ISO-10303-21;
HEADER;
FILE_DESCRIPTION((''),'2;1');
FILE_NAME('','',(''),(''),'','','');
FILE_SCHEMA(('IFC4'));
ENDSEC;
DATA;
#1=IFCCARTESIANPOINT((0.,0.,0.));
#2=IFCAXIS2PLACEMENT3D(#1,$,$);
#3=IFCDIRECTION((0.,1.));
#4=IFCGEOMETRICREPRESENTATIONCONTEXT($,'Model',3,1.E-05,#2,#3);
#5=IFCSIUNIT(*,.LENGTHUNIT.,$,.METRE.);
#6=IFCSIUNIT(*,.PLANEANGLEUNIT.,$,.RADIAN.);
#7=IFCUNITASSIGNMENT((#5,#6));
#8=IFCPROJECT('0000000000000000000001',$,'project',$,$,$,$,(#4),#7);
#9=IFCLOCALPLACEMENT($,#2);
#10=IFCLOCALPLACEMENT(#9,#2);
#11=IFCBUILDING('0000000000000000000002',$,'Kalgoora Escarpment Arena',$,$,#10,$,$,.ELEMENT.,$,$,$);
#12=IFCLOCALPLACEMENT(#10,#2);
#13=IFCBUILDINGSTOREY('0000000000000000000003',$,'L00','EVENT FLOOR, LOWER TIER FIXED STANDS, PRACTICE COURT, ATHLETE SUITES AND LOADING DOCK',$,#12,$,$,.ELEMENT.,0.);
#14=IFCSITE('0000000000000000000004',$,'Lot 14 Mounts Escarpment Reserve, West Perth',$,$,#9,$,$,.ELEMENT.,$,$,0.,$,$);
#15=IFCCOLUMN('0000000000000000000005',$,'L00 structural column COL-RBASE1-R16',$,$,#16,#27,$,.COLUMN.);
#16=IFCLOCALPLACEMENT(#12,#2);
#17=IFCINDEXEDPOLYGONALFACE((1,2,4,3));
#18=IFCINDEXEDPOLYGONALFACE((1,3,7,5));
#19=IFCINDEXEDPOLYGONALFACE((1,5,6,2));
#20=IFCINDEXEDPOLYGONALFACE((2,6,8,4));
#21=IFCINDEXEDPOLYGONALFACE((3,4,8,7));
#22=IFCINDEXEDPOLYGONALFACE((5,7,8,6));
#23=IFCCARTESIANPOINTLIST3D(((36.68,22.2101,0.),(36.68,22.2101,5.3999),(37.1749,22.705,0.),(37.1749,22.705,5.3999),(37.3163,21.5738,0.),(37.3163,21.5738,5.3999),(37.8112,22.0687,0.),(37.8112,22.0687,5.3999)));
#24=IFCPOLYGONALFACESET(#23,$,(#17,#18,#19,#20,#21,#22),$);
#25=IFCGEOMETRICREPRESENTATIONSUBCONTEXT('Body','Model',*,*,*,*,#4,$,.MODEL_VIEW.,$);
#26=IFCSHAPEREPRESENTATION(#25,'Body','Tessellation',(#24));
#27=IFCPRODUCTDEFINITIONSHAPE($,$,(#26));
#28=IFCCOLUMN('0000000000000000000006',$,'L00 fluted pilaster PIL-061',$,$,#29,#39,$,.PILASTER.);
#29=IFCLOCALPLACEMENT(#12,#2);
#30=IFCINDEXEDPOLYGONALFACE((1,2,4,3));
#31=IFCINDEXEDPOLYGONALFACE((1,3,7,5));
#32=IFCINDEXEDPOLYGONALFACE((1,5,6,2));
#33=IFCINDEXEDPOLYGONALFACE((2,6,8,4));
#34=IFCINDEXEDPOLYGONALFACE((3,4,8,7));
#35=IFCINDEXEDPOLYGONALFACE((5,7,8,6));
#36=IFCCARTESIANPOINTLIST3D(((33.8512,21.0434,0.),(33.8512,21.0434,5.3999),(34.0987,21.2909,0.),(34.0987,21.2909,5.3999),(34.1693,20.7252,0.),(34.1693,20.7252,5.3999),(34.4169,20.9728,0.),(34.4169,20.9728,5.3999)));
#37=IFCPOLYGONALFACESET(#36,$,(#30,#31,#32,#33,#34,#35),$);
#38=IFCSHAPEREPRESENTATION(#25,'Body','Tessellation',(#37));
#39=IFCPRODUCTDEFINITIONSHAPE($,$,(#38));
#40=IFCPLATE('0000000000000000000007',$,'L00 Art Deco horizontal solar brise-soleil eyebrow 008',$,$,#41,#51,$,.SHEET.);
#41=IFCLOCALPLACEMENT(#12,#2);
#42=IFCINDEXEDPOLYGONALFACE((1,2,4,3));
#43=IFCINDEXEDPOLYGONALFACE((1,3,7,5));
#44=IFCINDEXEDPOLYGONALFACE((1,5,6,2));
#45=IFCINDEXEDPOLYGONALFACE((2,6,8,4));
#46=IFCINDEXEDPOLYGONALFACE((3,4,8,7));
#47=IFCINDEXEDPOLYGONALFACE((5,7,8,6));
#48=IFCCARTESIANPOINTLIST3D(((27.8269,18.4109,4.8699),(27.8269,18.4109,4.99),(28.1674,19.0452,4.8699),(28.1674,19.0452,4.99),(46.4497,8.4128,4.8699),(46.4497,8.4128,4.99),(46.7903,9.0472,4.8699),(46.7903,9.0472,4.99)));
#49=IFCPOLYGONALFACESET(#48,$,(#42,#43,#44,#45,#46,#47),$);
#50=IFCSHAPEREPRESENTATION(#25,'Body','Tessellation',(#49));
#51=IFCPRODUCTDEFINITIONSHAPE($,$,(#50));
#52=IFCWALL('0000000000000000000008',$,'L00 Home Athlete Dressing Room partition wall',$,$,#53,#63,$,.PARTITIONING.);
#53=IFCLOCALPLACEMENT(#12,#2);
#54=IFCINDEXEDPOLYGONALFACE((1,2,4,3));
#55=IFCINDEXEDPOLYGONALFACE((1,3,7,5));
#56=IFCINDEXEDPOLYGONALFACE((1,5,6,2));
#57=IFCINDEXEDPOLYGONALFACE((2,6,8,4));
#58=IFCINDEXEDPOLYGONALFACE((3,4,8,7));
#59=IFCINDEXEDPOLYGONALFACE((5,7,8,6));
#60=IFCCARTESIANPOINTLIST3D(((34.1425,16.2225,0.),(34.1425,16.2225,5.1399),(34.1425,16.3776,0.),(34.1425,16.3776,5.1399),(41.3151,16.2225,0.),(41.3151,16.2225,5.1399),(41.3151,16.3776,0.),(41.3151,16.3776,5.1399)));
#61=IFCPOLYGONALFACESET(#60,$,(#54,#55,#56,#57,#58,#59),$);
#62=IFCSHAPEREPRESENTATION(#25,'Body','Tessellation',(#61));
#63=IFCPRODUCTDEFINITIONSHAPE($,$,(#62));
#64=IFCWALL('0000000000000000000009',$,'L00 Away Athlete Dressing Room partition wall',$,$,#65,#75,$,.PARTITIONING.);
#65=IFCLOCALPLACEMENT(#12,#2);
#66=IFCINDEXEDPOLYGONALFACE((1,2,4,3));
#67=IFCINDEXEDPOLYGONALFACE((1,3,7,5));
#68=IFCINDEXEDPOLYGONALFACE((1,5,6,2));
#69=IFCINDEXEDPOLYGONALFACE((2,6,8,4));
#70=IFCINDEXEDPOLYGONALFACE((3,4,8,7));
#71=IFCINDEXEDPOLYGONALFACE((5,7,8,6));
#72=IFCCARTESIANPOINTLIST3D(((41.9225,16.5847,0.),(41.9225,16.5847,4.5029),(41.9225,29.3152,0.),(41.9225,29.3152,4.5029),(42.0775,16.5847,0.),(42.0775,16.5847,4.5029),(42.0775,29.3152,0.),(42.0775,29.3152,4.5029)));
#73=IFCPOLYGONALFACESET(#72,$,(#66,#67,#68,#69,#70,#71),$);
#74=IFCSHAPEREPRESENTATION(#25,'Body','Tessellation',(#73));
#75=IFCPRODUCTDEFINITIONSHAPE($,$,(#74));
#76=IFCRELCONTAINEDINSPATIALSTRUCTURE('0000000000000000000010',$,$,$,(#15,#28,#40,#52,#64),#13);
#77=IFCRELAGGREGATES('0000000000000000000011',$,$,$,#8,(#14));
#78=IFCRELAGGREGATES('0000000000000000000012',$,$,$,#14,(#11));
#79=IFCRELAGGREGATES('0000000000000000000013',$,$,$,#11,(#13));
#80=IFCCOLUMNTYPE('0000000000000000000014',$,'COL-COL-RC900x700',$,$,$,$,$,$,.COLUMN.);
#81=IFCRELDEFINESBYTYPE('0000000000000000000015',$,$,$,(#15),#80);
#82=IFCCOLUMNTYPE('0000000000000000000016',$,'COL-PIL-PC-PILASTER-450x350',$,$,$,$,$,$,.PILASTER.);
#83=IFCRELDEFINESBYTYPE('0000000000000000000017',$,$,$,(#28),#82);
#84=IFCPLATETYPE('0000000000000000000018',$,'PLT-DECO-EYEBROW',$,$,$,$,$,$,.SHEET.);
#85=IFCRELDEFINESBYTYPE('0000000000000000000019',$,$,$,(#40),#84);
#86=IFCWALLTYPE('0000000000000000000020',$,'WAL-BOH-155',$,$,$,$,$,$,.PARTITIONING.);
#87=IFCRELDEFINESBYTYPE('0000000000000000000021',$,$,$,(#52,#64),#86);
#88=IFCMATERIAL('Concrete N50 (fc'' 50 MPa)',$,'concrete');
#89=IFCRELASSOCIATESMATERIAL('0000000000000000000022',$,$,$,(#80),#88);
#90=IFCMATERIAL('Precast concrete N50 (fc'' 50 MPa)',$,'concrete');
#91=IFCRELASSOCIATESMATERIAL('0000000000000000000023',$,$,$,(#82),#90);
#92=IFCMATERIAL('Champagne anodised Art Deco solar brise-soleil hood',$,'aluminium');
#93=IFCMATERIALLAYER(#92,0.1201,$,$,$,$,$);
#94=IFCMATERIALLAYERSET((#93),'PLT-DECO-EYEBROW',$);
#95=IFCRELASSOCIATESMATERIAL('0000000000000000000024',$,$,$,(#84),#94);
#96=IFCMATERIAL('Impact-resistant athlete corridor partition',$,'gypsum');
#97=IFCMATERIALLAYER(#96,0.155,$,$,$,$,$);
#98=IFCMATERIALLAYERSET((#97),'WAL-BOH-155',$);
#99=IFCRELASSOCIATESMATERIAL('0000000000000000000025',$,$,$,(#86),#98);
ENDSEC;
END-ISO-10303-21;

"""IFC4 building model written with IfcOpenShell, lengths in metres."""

from ifc_helpers import new_model, si_unit, direction, frame, frame_2d, origin, origin_2d, place, context, subcontext, project, spatial, rectangle, extrude, material, layer, layer_set, material_profile, profile_set, type_object, element, save


model = new_model("IFC4")

# Units and contexts
model_context = context("Model", 3, precision=1e-05, world=origin(), true_north=direction((0.0, 1.0)))
body_context = subcontext(model_context, "Body", "Model", "MODEL_VIEW")
ifc_project = project(units=[si_unit("LENGTHUNIT", "METRE"), si_unit("PLANEANGLEUNIT", "RADIAN")], contexts=[model_context])

# Site, building, storey
site_placement = place(None, origin())
site = spatial("IfcSite", under=ifc_project, at=site_placement, Name="Lot 14 Mounts Escarpment Reserve, West Perth", CompositionType="ELEMENT", RefElevation=0.0)
building_placement = place(site_placement, origin())
building = spatial("IfcBuilding", under=site, at=building_placement, Name="Kalgoora Escarpment Arena", CompositionType="ELEMENT")
storey_placement = place(building_placement, origin())
storey = spatial("IfcBuildingStorey", under=building, at=storey_placement, Name="L00", Description="EVENT FLOOR, LOWER TIER FIXED STANDS, PRACTICE COURT, ATHLETE SUITES AND LOADING DOCK", CompositionType="ELEMENT", Elevation=0.0)

# Columns
ifc_material_1 = material(Name="Concrete N50 (fc' 50 MPa)", Category="concrete")
ifc_material_profile_1 = material_profile(ifc_material_1, rectangle(XDim=0.7, YDim=0.8999, at=origin_2d()))
ifc_profile_set_1 = profile_set([ifc_material_profile_1], Name="Concrete N50 (fc' 50 MPa)")
column_type_1 = type_object("IfcColumnType", Name="COL-COL-RC900x700", PredefinedType="COLUMN", material=ifc_profile_set_1)
column_1_placement = place(storey_placement, frame((37.2456, 22.1394, 0.0), z_axis=(0.0, 0.0, 1.0), x_axis=(-0.707107, -0.707107, 0.0)))
element("IfcColumn", 1, at=column_1_placement, inside=storey, type_object=column_type_1, Name="L00 structural column COL-RBASE1-R16", PredefinedType="COLUMN", context=body_context, shape_type="SweptSolid", body=[
    extrude(rectangle(XDim=0.7, YDim=0.8999, at=origin_2d()), origin(), (0.0, 0.0, 1.0), 5.3999),
])
ifc_material_2 = material(Name="Precast concrete N50 (fc' 50 MPa)", Category="concrete")
ifc_material_profile_2 = material_profile(ifc_material_2, rectangle(XDim=0.3501, YDim=0.45, at=origin_2d()))
ifc_profile_set_2 = profile_set([ifc_material_profile_2], Name="Precast concrete N50 (fc' 50 MPa)")
column_type_2 = type_object("IfcColumnType", Name="COL-PIL-PC-PILASTER-450x350", PredefinedType="PILASTER", material=ifc_profile_set_2)
column_2_placement = place(storey_placement, frame((34.134, 21.0081, 0.0), z_axis=(0.0, 0.0, 1.0), x_axis=(-0.707107, -0.707107, 0.0)))
element("IfcColumn", 2, at=column_2_placement, inside=storey, type_object=column_type_2, Name="L00 fluted pilaster PIL-061", PredefinedType="PILASTER", context=body_context, shape_type="SweptSolid", body=[
    extrude(rectangle(XDim=0.3501, YDim=0.45, at=origin_2d()), origin(), (0.0, 0.0, 1.0), 5.3999),
])

# Plate
ifc_material_3 = material(Name="Champagne anodised Art Deco solar brise-soleil hood", Category="aluminium")
ifc_layer_1 = layer(ifc_material_3, 0.1201)
ifc_layer_set_1 = layer_set([ifc_layer_1], Name="PLT-DECO-EYEBROW")
plate_type = type_object("IfcPlateType", Name="PLT-DECO-EYEBROW", PredefinedType="SHEET", material=ifc_layer_set_1)
plate_placement = place(storey_placement, frame((37.3086, 13.729, 4.8699), z_axis=(0.0, 0.0, 1.0), x_axis=(-0.881056, 0.473012, 0.0)))
element("IfcPlate", 3, at=plate_placement, inside=storey, type_object=plate_type, Name="L00 Art Deco horizontal solar brise-soleil eyebrow 008", PredefinedType="SHEET", context=body_context, shape_type="SweptSolid", body=[
    extrude(rectangle(XDim=21.137, YDim=0.72, at=origin_2d()), origin(), (0.0, 0.0, 1.0), 0.1201),
])

# Walls
ifc_material_4 = material(Name="Impact-resistant athlete corridor partition", Category="gypsum")
ifc_layer_2 = layer(ifc_material_4, 0.155)
ifc_layer_set_2 = layer_set([ifc_layer_2], Name="WAL-BOH-155")
wall_type = type_object("IfcWallType", Name="WAL-BOH-155", PredefinedType="PARTITIONING", material=ifc_layer_set_2)
wall_1_placement = place(storey_placement, frame((41.3152, 16.3, 0.0), z_axis=(0.0, 0.0, 1.0), x_axis=(-1.0, 0.0, 0.0)))
element("IfcWall", 4, at=wall_1_placement, inside=storey, type_object=wall_type, Name="L00 Home Athlete Dressing Room partition wall", PredefinedType="PARTITIONING", context=body_context, shape_type="SweptSolid", body=[
    extrude(rectangle(XDim=7.1726, YDim=0.155, at=frame_2d((3.5864, 0.0))), origin(), (0.0, 0.0, 1.0), 5.1399),
])
wall_2_placement = place(storey_placement, frame((42.0, 16.5847, 0.0), z_axis=(0.0, 0.0, 1.0), x_axis=(0.0, 1.0, 0.0)))
element("IfcWall", 5, at=wall_2_placement, inside=storey, type_object=wall_type, Name="L00 Away Athlete Dressing Room partition wall", PredefinedType="PARTITIONING", context=body_context, shape_type="SweptSolid", body=[
    extrude(rectangle(XDim=12.7305, YDim=0.155, at=frame_2d((6.3652, 0.0))), origin(), (0.0, 0.0, 1.0), 4.5029),
])

save(model, "model.ifc")
